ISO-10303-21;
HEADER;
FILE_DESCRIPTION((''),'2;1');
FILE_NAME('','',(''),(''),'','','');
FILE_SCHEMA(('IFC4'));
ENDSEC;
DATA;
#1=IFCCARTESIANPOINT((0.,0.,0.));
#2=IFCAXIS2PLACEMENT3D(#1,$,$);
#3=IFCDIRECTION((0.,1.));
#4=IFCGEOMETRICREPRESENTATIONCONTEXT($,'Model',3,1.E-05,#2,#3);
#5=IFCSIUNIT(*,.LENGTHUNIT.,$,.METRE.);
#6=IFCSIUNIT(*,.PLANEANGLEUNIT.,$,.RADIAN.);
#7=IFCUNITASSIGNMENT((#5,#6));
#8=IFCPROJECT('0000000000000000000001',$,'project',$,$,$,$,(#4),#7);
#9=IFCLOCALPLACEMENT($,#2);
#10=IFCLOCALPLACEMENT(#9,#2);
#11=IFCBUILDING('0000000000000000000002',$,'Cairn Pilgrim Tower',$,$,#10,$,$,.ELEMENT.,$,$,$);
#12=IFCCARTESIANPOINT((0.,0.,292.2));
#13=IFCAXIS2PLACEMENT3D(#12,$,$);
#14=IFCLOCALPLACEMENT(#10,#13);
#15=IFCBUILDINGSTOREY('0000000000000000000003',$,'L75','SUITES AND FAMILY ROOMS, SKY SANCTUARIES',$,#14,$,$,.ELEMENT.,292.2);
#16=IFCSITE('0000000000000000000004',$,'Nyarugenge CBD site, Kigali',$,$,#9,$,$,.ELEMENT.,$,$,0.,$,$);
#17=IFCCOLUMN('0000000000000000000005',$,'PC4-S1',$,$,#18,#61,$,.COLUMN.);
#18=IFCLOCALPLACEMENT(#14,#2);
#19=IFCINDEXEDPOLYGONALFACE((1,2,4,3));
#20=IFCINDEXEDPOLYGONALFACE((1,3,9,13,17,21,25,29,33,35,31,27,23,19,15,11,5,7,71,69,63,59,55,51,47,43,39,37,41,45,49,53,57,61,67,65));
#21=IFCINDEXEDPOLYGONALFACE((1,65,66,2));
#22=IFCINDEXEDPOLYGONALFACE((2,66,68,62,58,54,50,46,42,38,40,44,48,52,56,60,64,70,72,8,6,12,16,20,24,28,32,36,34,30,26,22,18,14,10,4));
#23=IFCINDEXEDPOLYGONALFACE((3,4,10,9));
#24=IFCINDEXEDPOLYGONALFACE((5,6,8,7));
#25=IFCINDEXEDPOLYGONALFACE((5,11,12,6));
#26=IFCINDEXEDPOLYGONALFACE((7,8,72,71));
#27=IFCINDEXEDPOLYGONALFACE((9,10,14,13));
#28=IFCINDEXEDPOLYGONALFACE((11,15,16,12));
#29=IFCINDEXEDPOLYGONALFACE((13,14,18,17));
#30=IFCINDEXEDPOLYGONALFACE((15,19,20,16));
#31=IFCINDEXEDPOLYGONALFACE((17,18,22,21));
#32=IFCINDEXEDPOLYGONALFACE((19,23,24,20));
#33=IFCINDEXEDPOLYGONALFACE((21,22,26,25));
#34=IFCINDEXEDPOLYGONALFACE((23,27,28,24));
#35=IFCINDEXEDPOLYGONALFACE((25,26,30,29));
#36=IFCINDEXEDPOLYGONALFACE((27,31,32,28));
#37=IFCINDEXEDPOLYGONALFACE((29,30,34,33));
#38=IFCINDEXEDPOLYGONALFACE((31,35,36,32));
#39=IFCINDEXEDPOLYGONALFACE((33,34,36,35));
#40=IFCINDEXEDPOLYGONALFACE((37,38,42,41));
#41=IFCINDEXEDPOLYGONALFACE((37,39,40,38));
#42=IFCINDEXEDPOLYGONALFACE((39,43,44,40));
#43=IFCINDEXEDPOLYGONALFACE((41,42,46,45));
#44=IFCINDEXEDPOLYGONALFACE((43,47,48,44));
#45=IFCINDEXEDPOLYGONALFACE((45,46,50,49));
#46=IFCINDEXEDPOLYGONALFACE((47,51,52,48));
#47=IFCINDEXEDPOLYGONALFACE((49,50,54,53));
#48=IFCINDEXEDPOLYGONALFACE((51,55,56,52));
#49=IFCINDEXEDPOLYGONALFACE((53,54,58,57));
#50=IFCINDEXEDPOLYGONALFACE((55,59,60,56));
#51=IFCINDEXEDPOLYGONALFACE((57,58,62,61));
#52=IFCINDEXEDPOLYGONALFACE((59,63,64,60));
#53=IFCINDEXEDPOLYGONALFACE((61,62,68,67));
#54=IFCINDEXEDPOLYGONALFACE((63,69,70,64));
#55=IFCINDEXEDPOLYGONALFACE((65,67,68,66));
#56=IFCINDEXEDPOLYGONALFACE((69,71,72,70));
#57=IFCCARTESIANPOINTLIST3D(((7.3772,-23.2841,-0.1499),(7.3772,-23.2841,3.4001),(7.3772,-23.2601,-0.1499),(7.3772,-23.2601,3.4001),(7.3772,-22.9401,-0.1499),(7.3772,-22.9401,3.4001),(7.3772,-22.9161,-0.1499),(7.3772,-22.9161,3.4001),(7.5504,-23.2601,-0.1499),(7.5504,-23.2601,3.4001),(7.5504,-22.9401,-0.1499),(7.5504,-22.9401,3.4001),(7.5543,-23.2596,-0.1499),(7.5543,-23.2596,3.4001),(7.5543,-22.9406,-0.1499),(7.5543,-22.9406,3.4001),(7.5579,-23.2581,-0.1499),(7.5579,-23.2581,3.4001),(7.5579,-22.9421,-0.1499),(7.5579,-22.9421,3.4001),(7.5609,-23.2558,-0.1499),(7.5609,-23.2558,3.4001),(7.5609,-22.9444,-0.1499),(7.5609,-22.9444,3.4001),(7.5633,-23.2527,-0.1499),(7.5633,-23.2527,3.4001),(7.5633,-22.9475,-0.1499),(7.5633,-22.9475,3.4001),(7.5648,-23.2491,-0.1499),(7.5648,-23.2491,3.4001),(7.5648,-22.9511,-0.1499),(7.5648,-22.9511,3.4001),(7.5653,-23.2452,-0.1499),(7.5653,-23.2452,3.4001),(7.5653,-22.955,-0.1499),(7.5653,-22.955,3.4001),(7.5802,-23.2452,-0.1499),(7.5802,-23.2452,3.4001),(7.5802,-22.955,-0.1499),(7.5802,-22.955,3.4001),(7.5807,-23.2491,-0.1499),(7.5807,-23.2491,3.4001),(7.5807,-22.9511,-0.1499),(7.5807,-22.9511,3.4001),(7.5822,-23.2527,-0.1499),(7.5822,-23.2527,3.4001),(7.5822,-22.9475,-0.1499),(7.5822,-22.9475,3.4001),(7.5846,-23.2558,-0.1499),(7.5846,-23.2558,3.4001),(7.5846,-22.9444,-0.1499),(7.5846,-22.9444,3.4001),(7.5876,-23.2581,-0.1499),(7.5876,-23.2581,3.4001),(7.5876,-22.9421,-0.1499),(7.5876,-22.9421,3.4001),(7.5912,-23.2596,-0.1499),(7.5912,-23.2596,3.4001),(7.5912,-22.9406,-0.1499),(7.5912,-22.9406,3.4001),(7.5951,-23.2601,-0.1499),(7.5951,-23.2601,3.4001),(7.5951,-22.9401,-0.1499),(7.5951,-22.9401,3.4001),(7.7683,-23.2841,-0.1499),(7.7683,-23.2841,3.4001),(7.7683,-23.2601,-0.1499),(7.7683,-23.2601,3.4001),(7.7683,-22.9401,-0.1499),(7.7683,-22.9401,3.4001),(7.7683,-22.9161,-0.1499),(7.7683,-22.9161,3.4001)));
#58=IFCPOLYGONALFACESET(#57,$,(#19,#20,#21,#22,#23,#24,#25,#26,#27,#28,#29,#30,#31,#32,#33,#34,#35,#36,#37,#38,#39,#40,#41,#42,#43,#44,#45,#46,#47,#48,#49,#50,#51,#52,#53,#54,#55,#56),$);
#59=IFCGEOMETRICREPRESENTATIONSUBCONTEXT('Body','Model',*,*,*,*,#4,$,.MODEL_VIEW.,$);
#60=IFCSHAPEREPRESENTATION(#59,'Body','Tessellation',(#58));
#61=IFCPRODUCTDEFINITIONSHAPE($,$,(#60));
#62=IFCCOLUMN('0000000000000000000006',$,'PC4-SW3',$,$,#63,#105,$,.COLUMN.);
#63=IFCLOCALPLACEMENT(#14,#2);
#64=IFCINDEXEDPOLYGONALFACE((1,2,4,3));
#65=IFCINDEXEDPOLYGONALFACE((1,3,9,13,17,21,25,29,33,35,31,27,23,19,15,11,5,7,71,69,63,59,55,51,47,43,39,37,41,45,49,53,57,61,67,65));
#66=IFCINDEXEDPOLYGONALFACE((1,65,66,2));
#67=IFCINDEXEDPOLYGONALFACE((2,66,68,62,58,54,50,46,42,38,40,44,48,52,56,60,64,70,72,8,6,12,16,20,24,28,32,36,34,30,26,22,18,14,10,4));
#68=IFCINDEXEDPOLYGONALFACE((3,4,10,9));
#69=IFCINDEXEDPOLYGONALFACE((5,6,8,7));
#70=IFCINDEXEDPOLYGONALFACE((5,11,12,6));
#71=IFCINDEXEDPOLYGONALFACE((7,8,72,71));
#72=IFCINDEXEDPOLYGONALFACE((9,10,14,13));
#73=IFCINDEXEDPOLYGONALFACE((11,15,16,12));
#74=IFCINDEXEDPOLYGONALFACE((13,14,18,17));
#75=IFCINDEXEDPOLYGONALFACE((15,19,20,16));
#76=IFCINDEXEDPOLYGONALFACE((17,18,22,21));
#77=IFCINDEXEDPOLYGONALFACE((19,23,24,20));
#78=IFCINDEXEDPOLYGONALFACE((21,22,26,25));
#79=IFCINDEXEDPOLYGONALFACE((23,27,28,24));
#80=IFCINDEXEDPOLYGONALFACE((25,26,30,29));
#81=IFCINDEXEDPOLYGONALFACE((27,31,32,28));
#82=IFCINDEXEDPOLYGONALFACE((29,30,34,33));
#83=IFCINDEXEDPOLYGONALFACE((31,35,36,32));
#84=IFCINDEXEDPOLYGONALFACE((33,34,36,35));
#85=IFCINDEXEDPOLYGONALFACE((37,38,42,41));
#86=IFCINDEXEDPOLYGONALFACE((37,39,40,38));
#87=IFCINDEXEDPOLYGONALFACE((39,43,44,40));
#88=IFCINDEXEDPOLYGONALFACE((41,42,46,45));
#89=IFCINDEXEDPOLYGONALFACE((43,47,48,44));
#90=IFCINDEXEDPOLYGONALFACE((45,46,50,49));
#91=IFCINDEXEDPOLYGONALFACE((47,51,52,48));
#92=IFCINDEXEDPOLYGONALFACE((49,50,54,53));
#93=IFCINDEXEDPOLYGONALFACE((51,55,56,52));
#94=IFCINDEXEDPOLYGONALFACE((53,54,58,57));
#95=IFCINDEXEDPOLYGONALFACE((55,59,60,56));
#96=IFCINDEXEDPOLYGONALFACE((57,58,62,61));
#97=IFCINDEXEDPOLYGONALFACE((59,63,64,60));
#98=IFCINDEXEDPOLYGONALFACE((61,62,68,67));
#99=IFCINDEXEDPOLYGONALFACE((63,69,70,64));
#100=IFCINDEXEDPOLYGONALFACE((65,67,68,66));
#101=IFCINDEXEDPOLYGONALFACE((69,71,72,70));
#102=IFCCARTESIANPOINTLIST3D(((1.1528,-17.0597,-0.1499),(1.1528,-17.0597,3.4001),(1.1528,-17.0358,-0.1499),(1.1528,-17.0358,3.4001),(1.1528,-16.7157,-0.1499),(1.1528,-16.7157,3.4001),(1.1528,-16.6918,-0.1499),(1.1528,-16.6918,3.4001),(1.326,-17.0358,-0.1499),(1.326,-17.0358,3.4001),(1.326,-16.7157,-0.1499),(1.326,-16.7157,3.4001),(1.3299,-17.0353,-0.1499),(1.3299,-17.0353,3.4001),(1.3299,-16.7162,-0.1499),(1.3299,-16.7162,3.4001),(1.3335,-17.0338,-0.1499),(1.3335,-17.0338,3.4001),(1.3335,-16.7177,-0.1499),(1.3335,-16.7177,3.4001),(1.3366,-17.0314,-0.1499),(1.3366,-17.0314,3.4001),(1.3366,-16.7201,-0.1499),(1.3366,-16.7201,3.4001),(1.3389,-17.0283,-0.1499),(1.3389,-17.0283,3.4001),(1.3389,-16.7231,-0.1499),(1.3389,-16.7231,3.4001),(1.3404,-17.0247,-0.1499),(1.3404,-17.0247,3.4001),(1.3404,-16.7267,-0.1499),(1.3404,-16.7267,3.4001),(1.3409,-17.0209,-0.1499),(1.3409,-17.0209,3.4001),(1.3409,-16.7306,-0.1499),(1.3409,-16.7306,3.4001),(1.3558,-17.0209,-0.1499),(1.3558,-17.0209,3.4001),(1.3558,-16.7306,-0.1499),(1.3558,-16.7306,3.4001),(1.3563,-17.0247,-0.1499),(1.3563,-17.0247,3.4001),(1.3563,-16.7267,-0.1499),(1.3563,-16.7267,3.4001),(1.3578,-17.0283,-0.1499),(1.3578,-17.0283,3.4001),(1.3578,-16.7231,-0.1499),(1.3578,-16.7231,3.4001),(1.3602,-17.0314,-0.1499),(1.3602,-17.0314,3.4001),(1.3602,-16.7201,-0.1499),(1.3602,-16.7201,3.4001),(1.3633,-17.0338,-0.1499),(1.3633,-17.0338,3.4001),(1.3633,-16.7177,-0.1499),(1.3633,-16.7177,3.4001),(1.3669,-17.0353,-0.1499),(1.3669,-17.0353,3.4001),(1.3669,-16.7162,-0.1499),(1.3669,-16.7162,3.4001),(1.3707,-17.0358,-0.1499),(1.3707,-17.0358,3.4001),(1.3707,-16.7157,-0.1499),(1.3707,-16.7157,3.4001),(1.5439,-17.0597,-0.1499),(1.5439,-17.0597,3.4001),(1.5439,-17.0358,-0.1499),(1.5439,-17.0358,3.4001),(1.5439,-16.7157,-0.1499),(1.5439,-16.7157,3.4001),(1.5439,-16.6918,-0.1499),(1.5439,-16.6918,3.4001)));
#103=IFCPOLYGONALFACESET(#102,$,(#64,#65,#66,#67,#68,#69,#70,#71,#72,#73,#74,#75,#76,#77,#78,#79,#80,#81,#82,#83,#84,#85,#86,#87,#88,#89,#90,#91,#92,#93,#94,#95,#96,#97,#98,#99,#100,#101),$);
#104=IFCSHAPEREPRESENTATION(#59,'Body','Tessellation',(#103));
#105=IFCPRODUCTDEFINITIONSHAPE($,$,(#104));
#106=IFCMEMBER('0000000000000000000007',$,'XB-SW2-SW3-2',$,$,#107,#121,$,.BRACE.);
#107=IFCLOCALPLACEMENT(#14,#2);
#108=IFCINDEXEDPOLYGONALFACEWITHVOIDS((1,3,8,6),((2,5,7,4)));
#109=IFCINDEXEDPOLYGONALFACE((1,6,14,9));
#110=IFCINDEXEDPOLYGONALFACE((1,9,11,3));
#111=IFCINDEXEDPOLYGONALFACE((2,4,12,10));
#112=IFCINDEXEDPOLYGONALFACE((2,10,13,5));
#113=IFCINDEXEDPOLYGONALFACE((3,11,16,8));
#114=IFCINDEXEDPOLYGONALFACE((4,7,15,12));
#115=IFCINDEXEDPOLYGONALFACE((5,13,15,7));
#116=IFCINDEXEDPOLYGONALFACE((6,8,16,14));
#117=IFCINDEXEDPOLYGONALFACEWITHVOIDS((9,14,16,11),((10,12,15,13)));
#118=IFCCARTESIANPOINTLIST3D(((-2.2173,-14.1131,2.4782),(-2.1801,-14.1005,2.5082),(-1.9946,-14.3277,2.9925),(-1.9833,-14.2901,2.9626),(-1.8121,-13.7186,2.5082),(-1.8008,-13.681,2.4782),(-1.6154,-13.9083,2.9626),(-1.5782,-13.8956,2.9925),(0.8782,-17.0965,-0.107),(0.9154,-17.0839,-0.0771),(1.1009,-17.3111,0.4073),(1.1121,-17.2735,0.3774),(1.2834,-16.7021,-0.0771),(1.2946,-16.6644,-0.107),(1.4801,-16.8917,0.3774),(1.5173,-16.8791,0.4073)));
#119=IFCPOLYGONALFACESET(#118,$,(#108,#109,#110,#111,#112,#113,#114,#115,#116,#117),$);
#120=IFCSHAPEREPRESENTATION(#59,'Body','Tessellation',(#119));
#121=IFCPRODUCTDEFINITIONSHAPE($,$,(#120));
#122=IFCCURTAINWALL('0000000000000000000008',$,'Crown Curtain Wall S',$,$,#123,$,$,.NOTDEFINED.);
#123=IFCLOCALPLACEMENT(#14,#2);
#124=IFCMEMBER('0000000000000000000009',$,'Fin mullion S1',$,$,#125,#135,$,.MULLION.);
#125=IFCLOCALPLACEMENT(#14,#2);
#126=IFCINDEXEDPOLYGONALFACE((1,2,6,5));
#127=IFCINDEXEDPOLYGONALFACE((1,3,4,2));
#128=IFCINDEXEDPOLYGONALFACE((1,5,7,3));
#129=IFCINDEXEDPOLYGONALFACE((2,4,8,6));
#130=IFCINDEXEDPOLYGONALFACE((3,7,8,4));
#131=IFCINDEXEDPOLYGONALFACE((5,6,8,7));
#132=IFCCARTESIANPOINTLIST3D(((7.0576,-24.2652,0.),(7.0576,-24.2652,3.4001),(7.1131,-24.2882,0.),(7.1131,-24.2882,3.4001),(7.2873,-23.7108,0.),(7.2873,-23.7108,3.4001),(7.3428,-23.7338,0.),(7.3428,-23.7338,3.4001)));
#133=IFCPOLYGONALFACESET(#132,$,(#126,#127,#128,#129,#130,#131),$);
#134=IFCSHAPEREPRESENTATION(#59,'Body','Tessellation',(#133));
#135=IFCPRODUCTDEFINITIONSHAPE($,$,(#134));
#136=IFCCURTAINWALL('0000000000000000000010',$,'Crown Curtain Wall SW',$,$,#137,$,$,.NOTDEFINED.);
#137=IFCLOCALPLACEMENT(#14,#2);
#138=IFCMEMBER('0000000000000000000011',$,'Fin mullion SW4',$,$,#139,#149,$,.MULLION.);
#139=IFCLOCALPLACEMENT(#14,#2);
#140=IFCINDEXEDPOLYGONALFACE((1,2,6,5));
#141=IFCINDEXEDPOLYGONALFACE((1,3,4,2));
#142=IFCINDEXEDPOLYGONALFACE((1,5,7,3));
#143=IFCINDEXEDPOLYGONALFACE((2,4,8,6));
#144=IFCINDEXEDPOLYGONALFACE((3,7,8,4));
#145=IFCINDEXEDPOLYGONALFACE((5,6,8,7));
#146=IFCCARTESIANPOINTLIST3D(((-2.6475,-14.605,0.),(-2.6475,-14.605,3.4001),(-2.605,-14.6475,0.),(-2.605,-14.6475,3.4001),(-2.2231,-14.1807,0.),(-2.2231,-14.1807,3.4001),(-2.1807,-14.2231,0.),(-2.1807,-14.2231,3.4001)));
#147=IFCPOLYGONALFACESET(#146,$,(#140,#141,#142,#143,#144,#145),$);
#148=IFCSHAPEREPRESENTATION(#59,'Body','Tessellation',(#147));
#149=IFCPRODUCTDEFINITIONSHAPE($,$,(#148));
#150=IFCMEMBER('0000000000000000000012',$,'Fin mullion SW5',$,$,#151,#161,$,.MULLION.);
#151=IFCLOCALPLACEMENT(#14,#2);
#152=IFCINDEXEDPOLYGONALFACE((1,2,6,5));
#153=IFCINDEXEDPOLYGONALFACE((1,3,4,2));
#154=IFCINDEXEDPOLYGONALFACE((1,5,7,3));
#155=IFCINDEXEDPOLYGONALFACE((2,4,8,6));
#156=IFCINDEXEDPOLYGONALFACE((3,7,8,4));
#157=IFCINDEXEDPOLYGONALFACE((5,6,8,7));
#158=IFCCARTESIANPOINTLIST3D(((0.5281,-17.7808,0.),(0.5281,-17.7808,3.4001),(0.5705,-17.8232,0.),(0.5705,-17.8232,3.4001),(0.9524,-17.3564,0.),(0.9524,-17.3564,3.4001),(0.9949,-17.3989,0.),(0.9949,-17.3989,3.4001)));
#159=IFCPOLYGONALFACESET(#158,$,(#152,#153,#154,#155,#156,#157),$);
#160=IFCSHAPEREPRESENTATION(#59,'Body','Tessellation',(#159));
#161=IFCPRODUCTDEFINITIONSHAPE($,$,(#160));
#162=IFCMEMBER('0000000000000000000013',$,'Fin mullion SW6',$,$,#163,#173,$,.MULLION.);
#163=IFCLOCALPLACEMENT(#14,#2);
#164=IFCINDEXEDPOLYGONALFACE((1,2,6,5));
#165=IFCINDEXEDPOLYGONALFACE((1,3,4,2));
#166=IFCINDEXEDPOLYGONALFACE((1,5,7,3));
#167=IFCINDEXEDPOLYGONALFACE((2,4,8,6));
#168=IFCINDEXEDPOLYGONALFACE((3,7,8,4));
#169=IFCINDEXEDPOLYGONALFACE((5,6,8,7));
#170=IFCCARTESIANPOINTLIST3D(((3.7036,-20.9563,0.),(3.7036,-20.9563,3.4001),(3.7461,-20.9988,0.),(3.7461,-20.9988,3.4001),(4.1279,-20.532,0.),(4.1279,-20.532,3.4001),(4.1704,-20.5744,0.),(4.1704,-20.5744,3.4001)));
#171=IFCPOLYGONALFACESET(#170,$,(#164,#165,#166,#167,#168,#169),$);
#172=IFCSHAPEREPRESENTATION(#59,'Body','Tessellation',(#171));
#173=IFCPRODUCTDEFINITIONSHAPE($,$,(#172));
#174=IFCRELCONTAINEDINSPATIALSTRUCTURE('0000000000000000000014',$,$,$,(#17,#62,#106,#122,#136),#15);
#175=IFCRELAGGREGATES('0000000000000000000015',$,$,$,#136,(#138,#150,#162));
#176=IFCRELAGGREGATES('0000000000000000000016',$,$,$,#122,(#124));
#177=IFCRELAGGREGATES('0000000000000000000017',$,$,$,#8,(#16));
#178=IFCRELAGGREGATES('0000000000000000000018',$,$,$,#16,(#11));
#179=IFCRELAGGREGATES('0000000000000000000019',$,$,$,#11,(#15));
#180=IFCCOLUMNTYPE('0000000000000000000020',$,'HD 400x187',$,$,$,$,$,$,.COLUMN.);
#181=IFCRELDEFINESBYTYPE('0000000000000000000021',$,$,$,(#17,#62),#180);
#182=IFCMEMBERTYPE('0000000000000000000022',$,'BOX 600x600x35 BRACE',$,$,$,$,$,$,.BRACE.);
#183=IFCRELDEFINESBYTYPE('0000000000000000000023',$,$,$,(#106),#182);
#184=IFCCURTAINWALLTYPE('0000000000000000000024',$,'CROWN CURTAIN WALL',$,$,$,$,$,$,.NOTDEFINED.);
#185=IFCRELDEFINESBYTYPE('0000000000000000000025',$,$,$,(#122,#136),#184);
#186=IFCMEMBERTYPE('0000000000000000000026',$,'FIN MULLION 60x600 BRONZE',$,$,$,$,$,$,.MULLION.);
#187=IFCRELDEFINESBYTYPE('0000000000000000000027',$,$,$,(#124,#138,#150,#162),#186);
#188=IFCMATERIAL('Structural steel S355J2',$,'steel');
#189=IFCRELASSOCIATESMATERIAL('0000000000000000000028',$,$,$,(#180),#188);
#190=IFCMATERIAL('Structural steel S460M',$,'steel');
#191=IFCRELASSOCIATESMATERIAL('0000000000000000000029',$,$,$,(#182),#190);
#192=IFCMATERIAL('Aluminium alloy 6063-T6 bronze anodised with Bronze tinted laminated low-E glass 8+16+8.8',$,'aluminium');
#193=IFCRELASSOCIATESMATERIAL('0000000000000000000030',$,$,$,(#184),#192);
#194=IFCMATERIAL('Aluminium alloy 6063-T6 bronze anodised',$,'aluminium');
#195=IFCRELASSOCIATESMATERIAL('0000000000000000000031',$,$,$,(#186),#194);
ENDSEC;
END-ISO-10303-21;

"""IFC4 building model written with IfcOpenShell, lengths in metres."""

from ifc_helpers import new_model, si_unit, direction, frame, origin, origin_2d, place, context, subcontext, project, spatial, rectangle, hollow_rectangle, i_section, extrude, material, material_profile, profile_set, type_object, element, aggregate, save


model = new_model("IFC4")

# Units and contexts
model_context = context("Model", 3, precision=1e-05, world=origin(), true_north=direction((0.0, 1.0)))
body_context = subcontext(model_context, "Body", "Model", "MODEL_VIEW")
ifc_project = project(units=[si_unit("LENGTHUNIT", "METRE"), si_unit("PLANEANGLEUNIT", "RADIAN")], contexts=[model_context])

# Site, building, storey
site_placement = place(None, origin())
site = spatial("IfcSite", under=ifc_project, at=site_placement, Name="Nyarugenge CBD site, Kigali", CompositionType="ELEMENT", RefElevation=0.0)
building_placement = place(site_placement, origin())
building = spatial("IfcBuilding", under=site, at=building_placement, Name="Cairn Pilgrim Tower", CompositionType="ELEMENT")
storey_placement = place(building_placement, frame((0.0, 0.0, 292.2)))
storey = spatial("IfcBuildingStorey", under=building, at=storey_placement, Name="L75", Description="SUITES AND FAMILY ROOMS, SKY SANCTUARIES", CompositionType="ELEMENT", Elevation=292.2)

# Columns
ifc_material_1 = material(Name="Structural steel S355J2", Category="steel")
ifc_material_profile_1 = material_profile(ifc_material_1, i_section(OverallWidth=0.3911, OverallDepth=0.3679, WebThickness=0.0149, FlangeThickness=0.0239, FilletRadius=0.0149, at=origin_2d()), Name="HD 400x187")
ifc_profile_set_1 = profile_set([ifc_material_profile_1], Name="Structural steel S355J2")
column_type = type_object("IfcColumnType", Name="HD 400x187", PredefinedType="COLUMN", material=ifc_profile_set_1)
for number, where, z_axis, x_axis, name in (
    (1, (7.5728, -23.1001, -0.1499), (0.0, 0.0, 1.0), (1.0, 0.0, 0.0), "PC4-S1"),
    (2, (1.3484, -16.8757, -0.1499), (0.0, 0.0, 1.0), (1.0, 0.0, 0.0), "PC4-SW3"),
):
    element("IfcColumn", number, at=place(storey_placement, frame(where, z_axis=z_axis, x_axis=x_axis)), inside=storey, type_object=column_type, Name=name, PredefinedType="COLUMN", context=body_context, shape_type="SweptSolid", body=[
        extrude(i_section(OverallWidth=0.3911, OverallDepth=0.3679, WebThickness=0.0149, FlangeThickness=0.0239, FilletRadius=0.0149, at=origin_2d()), origin(), (0.0, 0.0, 1.0), 3.55),
    ])

# Member
ifc_material_2 = material(Name="Structural steel S460M", Category="steel")
ifc_material_profile_2 = material_profile(ifc_material_2, hollow_rectangle(XDim=0.6001, YDim=0.6001, WallThickness=0.0349, at=origin_2d()), Name="BOX 600x600x35")
ifc_profile_set_2 = profile_set([ifc_material_profile_2], Name="Structural steel S460M")
member_type_1 = type_object("IfcMemberType", Name="BOX 600x600x35 BRACE", PredefinedType="BRACE", material=ifc_profile_set_2)
member_1_placement = place(storey_placement, frame((1.1978, -16.9878, 0.1501), z_axis=(-0.617049, 0.594711, 0.515335), x_axis=(-0.693954, -0.72002, 0.0)))
element("IfcMember", 3, at=member_1_placement, inside=storey, type_object=member_type_1, Name="XB-SW2-SW3-2", PredefinedType="BRACE", context=body_context, shape_type="SweptSolid", body=[
    extrude(hollow_rectangle(XDim=0.6001, YDim=0.6001, WallThickness=0.0349, at=origin_2d()), origin(), (0.0, 0.0, 1.0), 5.0166),
])

# Curtain wall, member
ifc_material_3 = material(Name="Aluminium alloy 6063-T6 bronze anodised with Bronze tinted laminated low-E glass 8+16+8.8", Category="aluminium")
curtain_wall_type = type_object("IfcCurtainWallType", Name="CROWN CURTAIN WALL", PredefinedType="NOTDEFINED", material=ifc_material_3)
curtain_wall_1_placement = place(storey_placement, origin())
curtain_wall_1 = element("IfcCurtainWall", 4, at=curtain_wall_1_placement, inside=storey, type_object=curtain_wall_type, Name="Crown Curtain Wall S", PredefinedType="NOTDEFINED")
ifc_material_4 = material(Name="Aluminium alloy 6063-T6 bronze anodised", Category="aluminium")
ifc_material_profile_3 = material_profile(ifc_material_4, rectangle(XDim=0.6001, YDim=0.0601, at=origin_2d()), Name="FIN MULLION 60x600 BRONZE")
ifc_profile_set_3 = profile_set([ifc_material_profile_3], Name="Aluminium alloy 6063-T6 bronze anodised")
member_type_2 = type_object("IfcMemberType", Name="FIN MULLION 60x600 BRONZE", PredefinedType="MULLION", material=ifc_profile_set_3)
member_2_placement = place(storey_placement, frame((7.2002, -23.9995, 0.0), z_axis=(0.0, 0.0, 1.0), x_axis=(-0.382683, -0.92388, 0.0)))
member_2 = element("IfcMember", 5, at=member_2_placement, type_object=member_type_2, Name="Fin mullion S1", PredefinedType="MULLION", context=body_context, shape_type="SweptSolid", body=[
    extrude(rectangle(XDim=0.6001, YDim=0.0601, at=origin_2d()), origin(), (0.0, 0.0, 1.0), 3.4001),
])

# Curtain wall, members
curtain_wall_2_placement = place(storey_placement, origin())
curtain_wall_2 = element("IfcCurtainWall", 6, at=curtain_wall_2_placement, inside=storey, type_object=curtain_wall_type, Name="Crown Curtain Wall SW", PredefinedType="NOTDEFINED")
member_3_placement = place(storey_placement, frame((-2.4141, -14.4141, 0.0), z_axis=(0.0, 0.0, 1.0), x_axis=(-0.707107, -0.707107, 0.0)))
member_3 = element("IfcMember", 7, at=member_3_placement, type_object=member_type_2, Name="Fin mullion SW4", PredefinedType="MULLION", context=body_context, shape_type="SweptSolid", body=[
    extrude(rectangle(XDim=0.6001, YDim=0.0601, at=origin_2d()), origin(), (0.0, 0.0, 1.0), 3.4001),
])
member_4_placement = place(storey_placement, frame((0.7615, -17.5898, 0.0), z_axis=(0.0, 0.0, 1.0), x_axis=(-0.707107, -0.707107, 0.0)))
member_4 = element("IfcMember", 8, at=member_4_placement, type_object=member_type_2, Name="Fin mullion SW5", PredefinedType="MULLION", context=body_context, shape_type="SweptSolid", body=[
    extrude(rectangle(XDim=0.6001, YDim=0.0601, at=origin_2d()), origin(), (0.0, 0.0, 1.0), 3.4001),
])
member_5_placement = place(storey_placement, frame((3.937, -20.7654, 0.0), z_axis=(0.0, 0.0, 1.0), x_axis=(-0.707107, -0.707107, 0.0)))
member_5 = element("IfcMember", 9, at=member_5_placement, type_object=member_type_2, Name="Fin mullion SW6", PredefinedType="MULLION", context=body_context, shape_type="SweptSolid", body=[
    extrude(rectangle(XDim=0.6001, YDim=0.0601, at=origin_2d()), origin(), (0.0, 0.0, 1.0), 3.4001),
])

aggregate(curtain_wall_2, [member_3, member_4, member_5])
aggregate(curtain_wall_1, [member_2])

save(model, "model.ifc")
